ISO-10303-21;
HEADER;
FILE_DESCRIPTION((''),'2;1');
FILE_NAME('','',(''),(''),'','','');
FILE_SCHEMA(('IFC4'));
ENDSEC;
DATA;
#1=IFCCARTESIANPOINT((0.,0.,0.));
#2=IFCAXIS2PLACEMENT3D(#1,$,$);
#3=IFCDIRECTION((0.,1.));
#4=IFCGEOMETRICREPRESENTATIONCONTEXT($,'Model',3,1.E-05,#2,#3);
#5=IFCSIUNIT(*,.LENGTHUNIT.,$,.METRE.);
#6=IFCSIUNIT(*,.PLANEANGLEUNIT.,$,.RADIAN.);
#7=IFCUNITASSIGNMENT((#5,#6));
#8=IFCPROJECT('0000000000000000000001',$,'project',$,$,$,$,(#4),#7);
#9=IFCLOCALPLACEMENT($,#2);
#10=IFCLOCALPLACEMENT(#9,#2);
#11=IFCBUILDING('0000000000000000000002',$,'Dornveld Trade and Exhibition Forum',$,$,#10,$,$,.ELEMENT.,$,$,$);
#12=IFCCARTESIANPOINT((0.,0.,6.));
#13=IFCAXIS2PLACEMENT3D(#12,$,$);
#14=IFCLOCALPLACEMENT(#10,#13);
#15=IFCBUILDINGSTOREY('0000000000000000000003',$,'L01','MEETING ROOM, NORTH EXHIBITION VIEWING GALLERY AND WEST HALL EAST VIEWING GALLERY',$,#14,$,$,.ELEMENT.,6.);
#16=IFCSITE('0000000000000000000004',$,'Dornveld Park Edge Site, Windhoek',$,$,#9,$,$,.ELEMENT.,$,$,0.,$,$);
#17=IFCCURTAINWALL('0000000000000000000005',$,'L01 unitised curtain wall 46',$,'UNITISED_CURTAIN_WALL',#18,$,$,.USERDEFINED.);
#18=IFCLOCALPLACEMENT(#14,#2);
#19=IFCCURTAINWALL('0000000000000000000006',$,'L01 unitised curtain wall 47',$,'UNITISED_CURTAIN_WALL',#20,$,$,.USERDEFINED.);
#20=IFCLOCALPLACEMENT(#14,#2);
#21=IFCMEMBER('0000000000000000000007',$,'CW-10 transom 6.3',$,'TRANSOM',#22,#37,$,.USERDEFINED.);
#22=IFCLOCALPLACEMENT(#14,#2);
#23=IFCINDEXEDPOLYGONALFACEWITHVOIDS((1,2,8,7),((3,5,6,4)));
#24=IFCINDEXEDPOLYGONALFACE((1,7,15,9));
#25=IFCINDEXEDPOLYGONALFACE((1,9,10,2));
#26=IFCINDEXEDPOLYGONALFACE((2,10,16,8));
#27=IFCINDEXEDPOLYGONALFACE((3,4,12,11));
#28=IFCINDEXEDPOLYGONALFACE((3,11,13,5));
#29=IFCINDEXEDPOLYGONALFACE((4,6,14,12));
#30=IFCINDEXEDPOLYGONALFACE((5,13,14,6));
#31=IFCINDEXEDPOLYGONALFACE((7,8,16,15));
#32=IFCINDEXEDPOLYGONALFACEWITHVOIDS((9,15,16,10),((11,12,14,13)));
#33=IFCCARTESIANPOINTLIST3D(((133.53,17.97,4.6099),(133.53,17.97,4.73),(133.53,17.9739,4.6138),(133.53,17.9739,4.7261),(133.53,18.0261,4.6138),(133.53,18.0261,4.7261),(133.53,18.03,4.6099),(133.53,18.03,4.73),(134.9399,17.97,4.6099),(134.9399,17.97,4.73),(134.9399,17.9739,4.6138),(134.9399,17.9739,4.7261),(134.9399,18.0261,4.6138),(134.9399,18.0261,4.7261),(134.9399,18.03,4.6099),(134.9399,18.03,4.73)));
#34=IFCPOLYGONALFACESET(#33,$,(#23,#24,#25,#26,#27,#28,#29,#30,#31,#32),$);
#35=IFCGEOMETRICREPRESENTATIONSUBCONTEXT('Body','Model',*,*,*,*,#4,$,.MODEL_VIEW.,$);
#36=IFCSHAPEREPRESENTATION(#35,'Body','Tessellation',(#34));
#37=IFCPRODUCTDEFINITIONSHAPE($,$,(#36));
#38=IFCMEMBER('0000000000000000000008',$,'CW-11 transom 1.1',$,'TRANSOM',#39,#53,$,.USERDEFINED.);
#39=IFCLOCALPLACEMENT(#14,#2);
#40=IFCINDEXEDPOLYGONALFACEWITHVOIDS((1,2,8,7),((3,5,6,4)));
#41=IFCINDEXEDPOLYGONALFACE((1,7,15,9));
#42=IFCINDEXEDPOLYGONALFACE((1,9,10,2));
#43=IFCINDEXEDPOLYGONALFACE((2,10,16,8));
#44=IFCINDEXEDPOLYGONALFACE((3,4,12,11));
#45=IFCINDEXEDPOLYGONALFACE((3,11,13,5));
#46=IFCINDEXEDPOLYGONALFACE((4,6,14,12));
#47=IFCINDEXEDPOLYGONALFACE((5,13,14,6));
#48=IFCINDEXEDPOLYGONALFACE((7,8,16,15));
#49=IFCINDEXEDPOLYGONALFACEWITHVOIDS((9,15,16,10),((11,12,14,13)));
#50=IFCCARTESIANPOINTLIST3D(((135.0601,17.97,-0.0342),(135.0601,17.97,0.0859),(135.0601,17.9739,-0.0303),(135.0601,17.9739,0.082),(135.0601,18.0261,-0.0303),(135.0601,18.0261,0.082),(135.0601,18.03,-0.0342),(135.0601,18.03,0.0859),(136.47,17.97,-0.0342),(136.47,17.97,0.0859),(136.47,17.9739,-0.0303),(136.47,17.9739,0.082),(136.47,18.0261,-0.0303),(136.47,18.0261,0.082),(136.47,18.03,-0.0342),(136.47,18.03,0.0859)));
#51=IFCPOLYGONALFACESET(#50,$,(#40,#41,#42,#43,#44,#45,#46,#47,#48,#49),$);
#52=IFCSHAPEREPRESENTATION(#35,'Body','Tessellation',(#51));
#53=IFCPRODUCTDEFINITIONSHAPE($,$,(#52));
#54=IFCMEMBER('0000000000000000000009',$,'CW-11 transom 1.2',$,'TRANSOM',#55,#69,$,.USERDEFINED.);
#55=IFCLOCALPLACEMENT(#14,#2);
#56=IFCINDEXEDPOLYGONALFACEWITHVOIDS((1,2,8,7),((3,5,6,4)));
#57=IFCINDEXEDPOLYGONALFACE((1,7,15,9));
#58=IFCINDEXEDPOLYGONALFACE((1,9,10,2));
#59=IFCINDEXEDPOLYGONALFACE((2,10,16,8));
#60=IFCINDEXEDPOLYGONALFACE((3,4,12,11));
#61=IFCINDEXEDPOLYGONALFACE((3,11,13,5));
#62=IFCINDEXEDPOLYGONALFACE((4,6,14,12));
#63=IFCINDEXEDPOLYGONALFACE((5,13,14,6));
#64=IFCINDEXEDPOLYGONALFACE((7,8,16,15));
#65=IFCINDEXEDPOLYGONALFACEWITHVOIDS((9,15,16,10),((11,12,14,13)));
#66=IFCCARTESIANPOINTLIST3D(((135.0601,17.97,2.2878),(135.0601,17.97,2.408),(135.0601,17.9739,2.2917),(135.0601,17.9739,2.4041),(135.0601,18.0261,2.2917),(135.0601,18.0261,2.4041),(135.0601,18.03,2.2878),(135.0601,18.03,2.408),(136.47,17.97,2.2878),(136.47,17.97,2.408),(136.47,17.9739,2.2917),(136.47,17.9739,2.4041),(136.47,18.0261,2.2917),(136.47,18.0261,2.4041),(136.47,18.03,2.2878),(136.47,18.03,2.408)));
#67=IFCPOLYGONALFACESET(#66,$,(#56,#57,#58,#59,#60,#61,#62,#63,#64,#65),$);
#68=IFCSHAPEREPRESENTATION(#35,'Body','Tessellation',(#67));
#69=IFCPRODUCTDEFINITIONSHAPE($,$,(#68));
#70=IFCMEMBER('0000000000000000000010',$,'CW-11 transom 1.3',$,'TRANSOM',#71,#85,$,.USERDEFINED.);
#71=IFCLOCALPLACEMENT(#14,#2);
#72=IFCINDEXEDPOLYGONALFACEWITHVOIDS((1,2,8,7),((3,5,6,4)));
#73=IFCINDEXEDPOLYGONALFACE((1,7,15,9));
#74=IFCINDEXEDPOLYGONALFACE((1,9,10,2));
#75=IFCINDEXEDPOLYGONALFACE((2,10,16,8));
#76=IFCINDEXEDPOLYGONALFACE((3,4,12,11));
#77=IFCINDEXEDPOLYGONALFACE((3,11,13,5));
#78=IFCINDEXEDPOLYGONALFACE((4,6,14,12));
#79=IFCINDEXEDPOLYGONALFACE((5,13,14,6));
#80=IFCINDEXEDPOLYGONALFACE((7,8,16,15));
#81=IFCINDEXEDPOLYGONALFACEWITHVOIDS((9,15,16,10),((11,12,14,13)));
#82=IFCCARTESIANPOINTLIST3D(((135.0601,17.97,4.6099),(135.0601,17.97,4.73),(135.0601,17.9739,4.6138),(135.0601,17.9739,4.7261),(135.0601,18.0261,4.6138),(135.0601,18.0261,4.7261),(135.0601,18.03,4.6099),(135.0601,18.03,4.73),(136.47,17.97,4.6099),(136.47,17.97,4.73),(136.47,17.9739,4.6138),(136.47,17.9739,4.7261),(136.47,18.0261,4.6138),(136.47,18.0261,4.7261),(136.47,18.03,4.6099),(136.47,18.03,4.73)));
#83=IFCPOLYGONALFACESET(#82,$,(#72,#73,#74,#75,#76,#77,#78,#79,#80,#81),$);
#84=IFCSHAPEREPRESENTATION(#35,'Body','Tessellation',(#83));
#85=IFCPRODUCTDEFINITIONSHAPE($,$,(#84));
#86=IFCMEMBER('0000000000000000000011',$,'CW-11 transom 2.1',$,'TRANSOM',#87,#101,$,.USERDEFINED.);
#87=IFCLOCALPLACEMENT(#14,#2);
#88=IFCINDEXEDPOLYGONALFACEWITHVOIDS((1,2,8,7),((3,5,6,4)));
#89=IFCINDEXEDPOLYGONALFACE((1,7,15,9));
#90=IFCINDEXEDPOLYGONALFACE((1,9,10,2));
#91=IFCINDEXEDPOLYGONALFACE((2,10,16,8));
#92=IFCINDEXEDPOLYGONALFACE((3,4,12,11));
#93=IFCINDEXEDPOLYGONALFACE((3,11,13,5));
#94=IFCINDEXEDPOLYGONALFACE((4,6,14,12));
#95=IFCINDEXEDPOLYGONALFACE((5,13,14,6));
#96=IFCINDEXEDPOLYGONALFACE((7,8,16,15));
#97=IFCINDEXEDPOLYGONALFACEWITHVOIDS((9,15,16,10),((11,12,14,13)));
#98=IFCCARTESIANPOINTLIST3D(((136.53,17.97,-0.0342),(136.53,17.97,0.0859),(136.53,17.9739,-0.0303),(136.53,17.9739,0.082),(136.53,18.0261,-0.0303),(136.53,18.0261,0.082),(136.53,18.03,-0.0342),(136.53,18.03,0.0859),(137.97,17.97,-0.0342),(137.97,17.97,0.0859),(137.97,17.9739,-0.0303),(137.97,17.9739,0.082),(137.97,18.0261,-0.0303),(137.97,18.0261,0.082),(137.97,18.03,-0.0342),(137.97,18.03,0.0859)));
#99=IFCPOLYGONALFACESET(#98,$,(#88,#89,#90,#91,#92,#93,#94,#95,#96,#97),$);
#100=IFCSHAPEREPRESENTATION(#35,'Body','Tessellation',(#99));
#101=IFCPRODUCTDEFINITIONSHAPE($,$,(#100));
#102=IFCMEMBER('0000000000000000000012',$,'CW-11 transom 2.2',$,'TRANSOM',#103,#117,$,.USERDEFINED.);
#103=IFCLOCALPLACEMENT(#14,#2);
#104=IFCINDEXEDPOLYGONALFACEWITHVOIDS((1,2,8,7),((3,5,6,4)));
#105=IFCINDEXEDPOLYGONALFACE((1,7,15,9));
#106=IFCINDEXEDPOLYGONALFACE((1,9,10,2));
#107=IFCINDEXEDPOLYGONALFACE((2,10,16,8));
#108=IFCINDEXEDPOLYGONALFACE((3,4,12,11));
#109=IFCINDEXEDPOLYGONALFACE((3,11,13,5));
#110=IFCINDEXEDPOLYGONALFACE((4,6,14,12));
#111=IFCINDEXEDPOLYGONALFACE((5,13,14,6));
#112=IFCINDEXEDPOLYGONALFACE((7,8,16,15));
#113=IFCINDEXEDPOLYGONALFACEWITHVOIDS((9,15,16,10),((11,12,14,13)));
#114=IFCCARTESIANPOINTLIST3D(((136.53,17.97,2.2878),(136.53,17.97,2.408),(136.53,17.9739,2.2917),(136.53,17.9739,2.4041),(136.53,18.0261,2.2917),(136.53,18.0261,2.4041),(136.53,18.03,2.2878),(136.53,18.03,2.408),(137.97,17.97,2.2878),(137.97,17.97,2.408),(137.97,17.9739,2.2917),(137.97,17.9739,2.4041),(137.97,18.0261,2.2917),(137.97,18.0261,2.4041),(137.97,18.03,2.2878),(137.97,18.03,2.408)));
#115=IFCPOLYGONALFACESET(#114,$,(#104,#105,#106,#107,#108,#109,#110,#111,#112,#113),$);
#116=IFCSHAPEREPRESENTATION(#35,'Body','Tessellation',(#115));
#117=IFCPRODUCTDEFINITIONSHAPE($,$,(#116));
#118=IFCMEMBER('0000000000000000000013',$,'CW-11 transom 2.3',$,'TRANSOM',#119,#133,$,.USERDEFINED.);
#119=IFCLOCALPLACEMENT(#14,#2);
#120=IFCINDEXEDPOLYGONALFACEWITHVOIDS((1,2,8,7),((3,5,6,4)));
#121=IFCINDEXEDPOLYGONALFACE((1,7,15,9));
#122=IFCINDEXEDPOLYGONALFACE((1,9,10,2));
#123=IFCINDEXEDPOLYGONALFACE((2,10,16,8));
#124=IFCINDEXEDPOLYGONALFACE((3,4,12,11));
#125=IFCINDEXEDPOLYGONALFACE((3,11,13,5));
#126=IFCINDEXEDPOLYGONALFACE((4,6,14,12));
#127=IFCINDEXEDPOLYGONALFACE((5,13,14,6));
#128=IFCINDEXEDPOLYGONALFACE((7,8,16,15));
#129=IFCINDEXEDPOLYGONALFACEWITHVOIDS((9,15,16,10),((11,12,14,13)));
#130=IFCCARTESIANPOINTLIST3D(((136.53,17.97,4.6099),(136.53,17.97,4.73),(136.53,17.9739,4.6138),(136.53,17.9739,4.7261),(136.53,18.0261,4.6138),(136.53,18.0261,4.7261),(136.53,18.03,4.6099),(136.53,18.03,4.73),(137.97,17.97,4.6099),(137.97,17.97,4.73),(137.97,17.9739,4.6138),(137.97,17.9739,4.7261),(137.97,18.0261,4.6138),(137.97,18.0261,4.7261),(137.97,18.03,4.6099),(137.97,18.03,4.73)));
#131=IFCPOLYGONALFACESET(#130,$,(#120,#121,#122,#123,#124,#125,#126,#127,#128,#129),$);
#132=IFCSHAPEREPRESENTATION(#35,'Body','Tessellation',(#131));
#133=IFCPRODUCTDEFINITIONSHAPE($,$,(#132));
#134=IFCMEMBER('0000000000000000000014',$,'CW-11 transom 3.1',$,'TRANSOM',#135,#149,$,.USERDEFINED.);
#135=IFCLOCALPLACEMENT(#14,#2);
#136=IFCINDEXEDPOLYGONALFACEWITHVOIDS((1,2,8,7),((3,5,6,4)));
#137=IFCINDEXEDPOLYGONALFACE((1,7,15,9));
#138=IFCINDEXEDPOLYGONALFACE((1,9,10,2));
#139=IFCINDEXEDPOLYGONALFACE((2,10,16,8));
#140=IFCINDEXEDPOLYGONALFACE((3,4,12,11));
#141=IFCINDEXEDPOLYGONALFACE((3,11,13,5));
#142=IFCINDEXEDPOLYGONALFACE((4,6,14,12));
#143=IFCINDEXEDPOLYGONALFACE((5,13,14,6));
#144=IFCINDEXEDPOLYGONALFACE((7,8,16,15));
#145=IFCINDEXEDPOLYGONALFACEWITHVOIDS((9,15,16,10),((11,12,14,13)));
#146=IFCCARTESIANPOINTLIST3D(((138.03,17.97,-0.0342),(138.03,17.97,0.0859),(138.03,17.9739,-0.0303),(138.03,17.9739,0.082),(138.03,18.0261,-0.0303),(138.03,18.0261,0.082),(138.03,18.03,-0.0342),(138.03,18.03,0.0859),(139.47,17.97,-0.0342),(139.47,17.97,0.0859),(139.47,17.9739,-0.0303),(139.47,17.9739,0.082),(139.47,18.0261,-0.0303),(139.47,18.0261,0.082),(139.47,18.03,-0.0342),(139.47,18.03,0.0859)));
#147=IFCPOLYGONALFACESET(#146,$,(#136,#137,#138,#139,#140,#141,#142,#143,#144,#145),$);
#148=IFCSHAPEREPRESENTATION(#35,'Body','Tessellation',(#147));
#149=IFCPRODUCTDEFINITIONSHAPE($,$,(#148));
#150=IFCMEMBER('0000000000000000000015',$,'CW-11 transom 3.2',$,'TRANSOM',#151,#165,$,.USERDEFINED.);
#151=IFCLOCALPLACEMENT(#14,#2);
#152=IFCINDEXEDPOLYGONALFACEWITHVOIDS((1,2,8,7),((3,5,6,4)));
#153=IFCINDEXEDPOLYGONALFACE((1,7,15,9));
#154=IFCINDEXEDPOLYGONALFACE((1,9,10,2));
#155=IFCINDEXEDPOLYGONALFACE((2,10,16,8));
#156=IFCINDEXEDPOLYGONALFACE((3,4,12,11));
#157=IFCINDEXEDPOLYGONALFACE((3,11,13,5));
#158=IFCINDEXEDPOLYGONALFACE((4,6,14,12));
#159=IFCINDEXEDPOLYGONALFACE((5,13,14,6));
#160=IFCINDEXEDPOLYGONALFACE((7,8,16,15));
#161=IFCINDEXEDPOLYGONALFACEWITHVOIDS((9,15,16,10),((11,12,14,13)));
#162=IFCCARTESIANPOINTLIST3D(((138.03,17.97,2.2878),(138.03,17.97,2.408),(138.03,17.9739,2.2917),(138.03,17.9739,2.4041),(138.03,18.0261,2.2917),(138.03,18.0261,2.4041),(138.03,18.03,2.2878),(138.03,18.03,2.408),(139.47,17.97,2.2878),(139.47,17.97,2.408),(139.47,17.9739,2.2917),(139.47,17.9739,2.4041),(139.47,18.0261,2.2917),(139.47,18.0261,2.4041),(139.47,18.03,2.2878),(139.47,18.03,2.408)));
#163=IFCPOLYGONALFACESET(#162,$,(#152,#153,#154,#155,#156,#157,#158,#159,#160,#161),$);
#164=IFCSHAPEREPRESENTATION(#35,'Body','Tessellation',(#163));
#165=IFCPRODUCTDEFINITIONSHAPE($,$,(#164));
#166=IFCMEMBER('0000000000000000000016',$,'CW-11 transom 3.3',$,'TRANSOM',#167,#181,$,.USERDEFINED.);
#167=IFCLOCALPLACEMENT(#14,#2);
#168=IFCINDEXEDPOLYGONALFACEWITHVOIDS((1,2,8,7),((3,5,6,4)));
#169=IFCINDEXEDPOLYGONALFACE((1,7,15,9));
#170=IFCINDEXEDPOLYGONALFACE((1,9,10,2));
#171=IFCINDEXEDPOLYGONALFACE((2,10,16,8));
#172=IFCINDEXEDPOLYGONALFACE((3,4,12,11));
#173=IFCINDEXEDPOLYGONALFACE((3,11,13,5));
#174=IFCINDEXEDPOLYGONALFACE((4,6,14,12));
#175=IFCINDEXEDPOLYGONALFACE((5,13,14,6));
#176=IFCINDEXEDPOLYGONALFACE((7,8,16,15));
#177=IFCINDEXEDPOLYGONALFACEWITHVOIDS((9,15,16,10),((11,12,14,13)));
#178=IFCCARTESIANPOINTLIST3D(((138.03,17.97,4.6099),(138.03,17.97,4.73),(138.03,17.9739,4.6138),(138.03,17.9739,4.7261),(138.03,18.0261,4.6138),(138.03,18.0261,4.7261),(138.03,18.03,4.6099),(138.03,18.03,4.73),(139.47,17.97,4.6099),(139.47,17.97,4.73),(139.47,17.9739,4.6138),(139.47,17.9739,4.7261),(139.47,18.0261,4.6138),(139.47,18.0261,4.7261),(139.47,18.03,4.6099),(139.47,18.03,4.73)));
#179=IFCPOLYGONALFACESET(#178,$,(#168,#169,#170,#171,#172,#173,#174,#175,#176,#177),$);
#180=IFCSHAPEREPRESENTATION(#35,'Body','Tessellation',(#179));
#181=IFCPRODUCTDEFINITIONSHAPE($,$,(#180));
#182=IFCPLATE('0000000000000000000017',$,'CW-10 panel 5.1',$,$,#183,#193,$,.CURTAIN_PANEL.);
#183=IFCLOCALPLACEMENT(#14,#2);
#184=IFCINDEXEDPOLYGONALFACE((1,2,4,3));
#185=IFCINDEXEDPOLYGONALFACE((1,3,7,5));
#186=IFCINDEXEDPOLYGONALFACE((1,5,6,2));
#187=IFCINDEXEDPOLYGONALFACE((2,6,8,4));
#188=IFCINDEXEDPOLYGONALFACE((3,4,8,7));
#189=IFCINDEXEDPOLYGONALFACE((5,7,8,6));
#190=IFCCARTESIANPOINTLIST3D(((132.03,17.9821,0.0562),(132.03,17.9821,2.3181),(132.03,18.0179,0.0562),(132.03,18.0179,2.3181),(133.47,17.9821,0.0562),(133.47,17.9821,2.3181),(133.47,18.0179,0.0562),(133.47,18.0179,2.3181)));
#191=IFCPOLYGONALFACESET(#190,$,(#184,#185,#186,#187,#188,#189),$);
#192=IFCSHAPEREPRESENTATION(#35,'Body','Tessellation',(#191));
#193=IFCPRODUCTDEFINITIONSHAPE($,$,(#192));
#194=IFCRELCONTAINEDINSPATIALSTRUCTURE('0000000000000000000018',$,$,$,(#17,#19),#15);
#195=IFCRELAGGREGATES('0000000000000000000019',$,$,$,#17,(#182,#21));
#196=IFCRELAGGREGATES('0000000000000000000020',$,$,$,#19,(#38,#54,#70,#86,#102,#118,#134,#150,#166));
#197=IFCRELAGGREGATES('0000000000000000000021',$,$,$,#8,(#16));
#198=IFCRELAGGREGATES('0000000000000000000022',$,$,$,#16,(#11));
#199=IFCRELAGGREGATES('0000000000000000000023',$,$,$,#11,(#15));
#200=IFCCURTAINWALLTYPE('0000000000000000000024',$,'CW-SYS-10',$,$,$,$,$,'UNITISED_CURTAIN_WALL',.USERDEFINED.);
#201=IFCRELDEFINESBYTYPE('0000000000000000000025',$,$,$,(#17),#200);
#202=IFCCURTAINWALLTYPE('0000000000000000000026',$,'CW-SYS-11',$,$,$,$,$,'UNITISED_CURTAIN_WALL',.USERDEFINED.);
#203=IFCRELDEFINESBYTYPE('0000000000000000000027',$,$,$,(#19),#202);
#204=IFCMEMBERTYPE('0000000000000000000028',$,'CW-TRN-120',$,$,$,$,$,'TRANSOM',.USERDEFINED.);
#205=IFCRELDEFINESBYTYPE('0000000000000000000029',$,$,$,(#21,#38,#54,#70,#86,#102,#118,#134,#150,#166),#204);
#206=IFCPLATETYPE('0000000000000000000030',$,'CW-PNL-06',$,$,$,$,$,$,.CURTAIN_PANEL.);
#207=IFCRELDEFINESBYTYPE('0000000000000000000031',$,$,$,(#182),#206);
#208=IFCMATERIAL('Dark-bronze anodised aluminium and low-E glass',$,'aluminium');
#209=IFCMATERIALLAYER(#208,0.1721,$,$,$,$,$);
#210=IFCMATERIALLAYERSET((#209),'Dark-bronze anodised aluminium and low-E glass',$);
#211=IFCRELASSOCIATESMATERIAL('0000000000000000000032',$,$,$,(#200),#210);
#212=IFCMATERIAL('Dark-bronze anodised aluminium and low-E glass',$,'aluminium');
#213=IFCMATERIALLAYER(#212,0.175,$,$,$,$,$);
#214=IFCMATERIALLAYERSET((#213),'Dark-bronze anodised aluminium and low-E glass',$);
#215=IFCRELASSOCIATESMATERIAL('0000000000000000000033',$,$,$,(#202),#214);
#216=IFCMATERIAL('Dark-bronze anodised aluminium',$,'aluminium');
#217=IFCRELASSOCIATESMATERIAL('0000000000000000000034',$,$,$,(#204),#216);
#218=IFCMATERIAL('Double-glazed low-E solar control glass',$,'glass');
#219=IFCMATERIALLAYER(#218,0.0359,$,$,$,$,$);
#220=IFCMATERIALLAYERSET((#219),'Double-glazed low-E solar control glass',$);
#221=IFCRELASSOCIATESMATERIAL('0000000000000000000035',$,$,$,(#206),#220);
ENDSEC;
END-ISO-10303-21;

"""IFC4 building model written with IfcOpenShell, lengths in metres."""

from ifc_helpers import new_model, si_unit, direction, frame, origin, origin_2d, place, context, subcontext, project, spatial, rectangle, hollow_rectangle, extrude, material, layer, layer_set, material_profile, profile_set, type_object, element, aggregate, save


model = new_model("IFC4")

# Units and contexts
model_context = context("Model", 3, precision=1e-05, world=origin(), true_north=direction((0.0, 1.0)))
body_context = subcontext(model_context, "Body", "Model", "MODEL_VIEW")
ifc_project = project(units=[si_unit("LENGTHUNIT", "METRE"), si_unit("PLANEANGLEUNIT", "RADIAN")], contexts=[model_context])

# Site, building, storey
site_placement = place(None, origin())
site = spatial("IfcSite", under=ifc_project, at=site_placement, Name="Dornveld Park Edge Site, Windhoek", CompositionType="ELEMENT", RefElevation=0.0)
building_placement = place(site_placement, origin())
building = spatial("IfcBuilding", under=site, at=building_placement, Name="Dornveld Trade and Exhibition Forum", CompositionType="ELEMENT")
storey_placement = place(building_placement, frame((0.0, 0.0, 6.0)))
storey = spatial("IfcBuildingStorey", under=building, at=storey_placement, Name="L01", Description="MEETING ROOM, NORTH EXHIBITION VIEWING GALLERY AND WEST HALL EAST VIEWING GALLERY", CompositionType="ELEMENT", Elevation=6.0)

# Curtain walls
ifc_material_1 = material(Name="Dark-bronze anodised aluminium and low-E glass", Category="aluminium")
ifc_layer_1 = layer(ifc_material_1, 0.1721)
ifc_layer_set_1 = layer_set([ifc_layer_1], Name="Dark-bronze anodised aluminium and low-E glass")
curtain_wall_type_1 = type_object("IfcCurtainWallType", Name="CW-SYS-10", ElementType="UNITISED_CURTAIN_WALL", PredefinedType="USERDEFINED", material=ifc_layer_set_1)
curtain_wall_1_placement = place(storey_placement, origin())
curtain_wall_1 = element("IfcCurtainWall", 1, at=curtain_wall_1_placement, inside=storey, type_object=curtain_wall_type_1, Name="L01 unitised curtain wall 46", ObjectType="UNITISED_CURTAIN_WALL", PredefinedType="USERDEFINED")
ifc_material_2 = material(Name="Dark-bronze anodised aluminium and low-E glass", Category="aluminium")
ifc_layer_2 = layer(ifc_material_2, 0.175)
ifc_layer_set_2 = layer_set([ifc_layer_2], Name="Dark-bronze anodised aluminium and low-E glass")
curtain_wall_type_2 = type_object("IfcCurtainWallType", Name="CW-SYS-11", ElementType="UNITISED_CURTAIN_WALL", PredefinedType="USERDEFINED", material=ifc_layer_set_2)
curtain_wall_2_placement = place(storey_placement, origin())
curtain_wall_2 = element("IfcCurtainWall", 2, at=curtain_wall_2_placement, inside=storey, type_object=curtain_wall_type_2, Name="L01 unitised curtain wall 47", ObjectType="UNITISED_CURTAIN_WALL", PredefinedType="USERDEFINED")

# Members
ifc_material_3 = material(Name="Dark-bronze anodised aluminium", Category="aluminium")
ifc_material_profile_1 = material_profile(ifc_material_3, hollow_rectangle(XDim=0.0601, YDim=0.1201, WallThickness=0.0039, at=origin_2d()), Name="RHS 120x60x4")
ifc_profile_set_1 = profile_set([ifc_material_profile_1], Name="Dark-bronze anodised aluminium")
member_type_1 = type_object("IfcMemberType", Name="CW-TRN-120", ElementType="TRANSOM", PredefinedType="USERDEFINED", material=ifc_profile_set_1)
member_1_placement = place(storey_placement, frame((133.53, 18.0, 4.6699), z_axis=(1.0, 0.0, 0.0), x_axis=(0.0, 1.0, 0.0)))
member_1 = element("IfcMember", 3, at=member_1_placement, type_object=member_type_1, Name="CW-10 transom 6.3", ObjectType="TRANSOM", PredefinedType="USERDEFINED", context=body_context, shape_type="SweptSolid", body=[
    extrude(hollow_rectangle(XDim=0.0601, YDim=0.1201, WallThickness=0.0039, at=origin_2d()), origin(), (0.0, 0.0, 1.0), 1.4099),
])
member_2_placement = place(storey_placement, frame((135.0601, 18.0, 0.0259), z_axis=(1.0, 0.0, 0.0), x_axis=(0.0, 1.0, 0.0)))
member_2 = element("IfcMember", 4, at=member_2_placement, type_object=member_type_1, Name="CW-11 transom 1.1", ObjectType="TRANSOM", PredefinedType="USERDEFINED", context=body_context, shape_type="SweptSolid", body=[
    extrude(hollow_rectangle(XDim=0.0601, YDim=0.1201, WallThickness=0.0039, at=origin_2d()), origin(), (0.0, 0.0, 1.0), 1.4099),
])
member_3_placement = place(storey_placement, frame((135.0601, 18.0, 2.3479), z_axis=(1.0, 0.0, 0.0), x_axis=(0.0, 1.0, 0.0)))
member_3 = element("IfcMember", 5, at=member_3_placement, type_object=member_type_1, Name="CW-11 transom 1.2", ObjectType="TRANSOM", PredefinedType="USERDEFINED", context=body_context, shape_type="SweptSolid", body=[
    extrude(hollow_rectangle(XDim=0.0601, YDim=0.1201, WallThickness=0.0039, at=origin_2d()), origin(), (0.0, 0.0, 1.0), 1.4099),
])
member_4_placement = place(storey_placement, frame((135.0601, 18.0, 4.6699), z_axis=(1.0, 0.0, 0.0), x_axis=(0.0, 1.0, 0.0)))
member_4 = element("IfcMember", 6, at=member_4_placement, type_object=member_type_1, Name="CW-11 transom 1.3", ObjectType="TRANSOM", PredefinedType="USERDEFINED", context=body_context, shape_type="SweptSolid", body=[
    extrude(hollow_rectangle(XDim=0.0601, YDim=0.1201, WallThickness=0.0039, at=origin_2d()), origin(), (0.0, 0.0, 1.0), 1.4099),
])
member_5_placement = place(storey_placement, frame((136.53, 18.0, 0.0259), z_axis=(1.0, 0.0, 0.0), x_axis=(0.0, 1.0, 0.0)))
member_5 = element("IfcMember", 7, at=member_5_placement, type_object=member_type_1, Name="CW-11 transom 2.1", ObjectType="TRANSOM", PredefinedType="USERDEFINED", context=body_context, shape_type="SweptSolid", body=[
    extrude(hollow_rectangle(XDim=0.0601, YDim=0.1201, WallThickness=0.0039, at=origin_2d()), origin(), (0.0, 0.0, 1.0), 1.4399),
])
member_6_placement = place(storey_placement, frame((136.53, 18.0, 2.3479), z_axis=(1.0, 0.0, 0.0), x_axis=(0.0, 1.0, 0.0)))
member_6 = element("IfcMember", 8, at=member_6_placement, type_object=member_type_1, Name="CW-11 transom 2.2", ObjectType="TRANSOM", PredefinedType="USERDEFINED", context=body_context, shape_type="SweptSolid", body=[
    extrude(hollow_rectangle(XDim=0.0601, YDim=0.1201, WallThickness=0.0039, at=origin_2d()), origin(), (0.0, 0.0, 1.0), 1.4399),
])
member_7_placement = place(storey_placement, frame((136.53, 18.0, 4.6699), z_axis=(1.0, 0.0, 0.0), x_axis=(0.0, 1.0, 0.0)))
member_7 = element("IfcMember", 9, at=member_7_placement, type_object=member_type_1, Name="CW-11 transom 2.3", ObjectType="TRANSOM", PredefinedType="USERDEFINED", context=body_context, shape_type="SweptSolid", body=[
    extrude(hollow_rectangle(XDim=0.0601, YDim=0.1201, WallThickness=0.0039, at=origin_2d()), origin(), (0.0, 0.0, 1.0), 1.4399),
])
member_8_placement = place(storey_placement, frame((138.03, 18.0, 0.0259), z_axis=(1.0, 0.0, 0.0), x_axis=(0.0, 1.0, 0.0)))
member_8 = element("IfcMember", 10, at=member_8_placement, type_object=member_type_1, Name="CW-11 transom 3.1", ObjectType="TRANSOM", PredefinedType="USERDEFINED", context=body_context, shape_type="SweptSolid", body=[
    extrude(hollow_rectangle(XDim=0.0601, YDim=0.1201, WallThickness=0.0039, at=origin_2d()), origin(), (0.0, 0.0, 1.0), 1.4399),
])
member_9_placement = place(storey_placement, frame((138.03, 18.0, 2.3479), z_axis=(1.0, 0.0, 0.0), x_axis=(0.0, 1.0, 0.0)))
member_9 = element("IfcMember", 11, at=member_9_placement, type_object=member_type_1, Name="CW-11 transom 3.2", ObjectType="TRANSOM", PredefinedType="USERDEFINED", context=body_context, shape_type="SweptSolid", body=[
    extrude(hollow_rectangle(XDim=0.0601, YDim=0.1201, WallThickness=0.0039, at=origin_2d()), origin(), (0.0, 0.0, 1.0), 1.4399),
])
member_10_placement = place(storey_placement, frame((138.03, 18.0, 4.6699), z_axis=(1.0, 0.0, 0.0), x_axis=(0.0, 1.0, 0.0)))
member_10 = element("IfcMember", 12, at=member_10_placement, type_object=member_type_1, Name="CW-11 transom 3.3", ObjectType="TRANSOM", PredefinedType="USERDEFINED", context=body_context, shape_type="SweptSolid", body=[
    extrude(hollow_rectangle(XDim=0.0601, YDim=0.1201, WallThickness=0.0039, at=origin_2d()), origin(), (0.0, 0.0, 1.0), 1.4399),
])

# Plate
ifc_material_4 = material(Name="Double-glazed low-E solar control glass", Category="glass")
ifc_layer_3 = layer(ifc_material_4, 0.0359)
ifc_layer_set_3 = layer_set([ifc_layer_3], Name="Double-glazed low-E solar control glass")
plate_type_1 = type_object("IfcPlateType", Name="CW-PNL-06", PredefinedType="CURTAIN_PANEL", material=ifc_layer_set_3)
plate_1_placement = place(storey_placement, frame((132.75, 18.0, 0.0562), z_axis=(0.0, 0.0, 1.0), x_axis=(1.0, 0.0, 0.0)))
plate_1 = element("IfcPlate", 13, at=plate_1_placement, type_object=plate_type_1, Name="CW-10 panel 5.1", PredefinedType="CURTAIN_PANEL", context=body_context, shape_type="SweptSolid", body=[
    extrude(rectangle(XDim=1.4399, YDim=0.0359, at=origin_2d()), origin(), (0.0, 0.0, 1.0), 2.262),
])
aggregate(curtain_wall_1, [plate_1, member_1])
aggregate(curtain_wall_2, [member_2, member_3, member_4, member_5, member_6, member_7, member_8, member_9, member_10])

save(model, "model.ifc")
